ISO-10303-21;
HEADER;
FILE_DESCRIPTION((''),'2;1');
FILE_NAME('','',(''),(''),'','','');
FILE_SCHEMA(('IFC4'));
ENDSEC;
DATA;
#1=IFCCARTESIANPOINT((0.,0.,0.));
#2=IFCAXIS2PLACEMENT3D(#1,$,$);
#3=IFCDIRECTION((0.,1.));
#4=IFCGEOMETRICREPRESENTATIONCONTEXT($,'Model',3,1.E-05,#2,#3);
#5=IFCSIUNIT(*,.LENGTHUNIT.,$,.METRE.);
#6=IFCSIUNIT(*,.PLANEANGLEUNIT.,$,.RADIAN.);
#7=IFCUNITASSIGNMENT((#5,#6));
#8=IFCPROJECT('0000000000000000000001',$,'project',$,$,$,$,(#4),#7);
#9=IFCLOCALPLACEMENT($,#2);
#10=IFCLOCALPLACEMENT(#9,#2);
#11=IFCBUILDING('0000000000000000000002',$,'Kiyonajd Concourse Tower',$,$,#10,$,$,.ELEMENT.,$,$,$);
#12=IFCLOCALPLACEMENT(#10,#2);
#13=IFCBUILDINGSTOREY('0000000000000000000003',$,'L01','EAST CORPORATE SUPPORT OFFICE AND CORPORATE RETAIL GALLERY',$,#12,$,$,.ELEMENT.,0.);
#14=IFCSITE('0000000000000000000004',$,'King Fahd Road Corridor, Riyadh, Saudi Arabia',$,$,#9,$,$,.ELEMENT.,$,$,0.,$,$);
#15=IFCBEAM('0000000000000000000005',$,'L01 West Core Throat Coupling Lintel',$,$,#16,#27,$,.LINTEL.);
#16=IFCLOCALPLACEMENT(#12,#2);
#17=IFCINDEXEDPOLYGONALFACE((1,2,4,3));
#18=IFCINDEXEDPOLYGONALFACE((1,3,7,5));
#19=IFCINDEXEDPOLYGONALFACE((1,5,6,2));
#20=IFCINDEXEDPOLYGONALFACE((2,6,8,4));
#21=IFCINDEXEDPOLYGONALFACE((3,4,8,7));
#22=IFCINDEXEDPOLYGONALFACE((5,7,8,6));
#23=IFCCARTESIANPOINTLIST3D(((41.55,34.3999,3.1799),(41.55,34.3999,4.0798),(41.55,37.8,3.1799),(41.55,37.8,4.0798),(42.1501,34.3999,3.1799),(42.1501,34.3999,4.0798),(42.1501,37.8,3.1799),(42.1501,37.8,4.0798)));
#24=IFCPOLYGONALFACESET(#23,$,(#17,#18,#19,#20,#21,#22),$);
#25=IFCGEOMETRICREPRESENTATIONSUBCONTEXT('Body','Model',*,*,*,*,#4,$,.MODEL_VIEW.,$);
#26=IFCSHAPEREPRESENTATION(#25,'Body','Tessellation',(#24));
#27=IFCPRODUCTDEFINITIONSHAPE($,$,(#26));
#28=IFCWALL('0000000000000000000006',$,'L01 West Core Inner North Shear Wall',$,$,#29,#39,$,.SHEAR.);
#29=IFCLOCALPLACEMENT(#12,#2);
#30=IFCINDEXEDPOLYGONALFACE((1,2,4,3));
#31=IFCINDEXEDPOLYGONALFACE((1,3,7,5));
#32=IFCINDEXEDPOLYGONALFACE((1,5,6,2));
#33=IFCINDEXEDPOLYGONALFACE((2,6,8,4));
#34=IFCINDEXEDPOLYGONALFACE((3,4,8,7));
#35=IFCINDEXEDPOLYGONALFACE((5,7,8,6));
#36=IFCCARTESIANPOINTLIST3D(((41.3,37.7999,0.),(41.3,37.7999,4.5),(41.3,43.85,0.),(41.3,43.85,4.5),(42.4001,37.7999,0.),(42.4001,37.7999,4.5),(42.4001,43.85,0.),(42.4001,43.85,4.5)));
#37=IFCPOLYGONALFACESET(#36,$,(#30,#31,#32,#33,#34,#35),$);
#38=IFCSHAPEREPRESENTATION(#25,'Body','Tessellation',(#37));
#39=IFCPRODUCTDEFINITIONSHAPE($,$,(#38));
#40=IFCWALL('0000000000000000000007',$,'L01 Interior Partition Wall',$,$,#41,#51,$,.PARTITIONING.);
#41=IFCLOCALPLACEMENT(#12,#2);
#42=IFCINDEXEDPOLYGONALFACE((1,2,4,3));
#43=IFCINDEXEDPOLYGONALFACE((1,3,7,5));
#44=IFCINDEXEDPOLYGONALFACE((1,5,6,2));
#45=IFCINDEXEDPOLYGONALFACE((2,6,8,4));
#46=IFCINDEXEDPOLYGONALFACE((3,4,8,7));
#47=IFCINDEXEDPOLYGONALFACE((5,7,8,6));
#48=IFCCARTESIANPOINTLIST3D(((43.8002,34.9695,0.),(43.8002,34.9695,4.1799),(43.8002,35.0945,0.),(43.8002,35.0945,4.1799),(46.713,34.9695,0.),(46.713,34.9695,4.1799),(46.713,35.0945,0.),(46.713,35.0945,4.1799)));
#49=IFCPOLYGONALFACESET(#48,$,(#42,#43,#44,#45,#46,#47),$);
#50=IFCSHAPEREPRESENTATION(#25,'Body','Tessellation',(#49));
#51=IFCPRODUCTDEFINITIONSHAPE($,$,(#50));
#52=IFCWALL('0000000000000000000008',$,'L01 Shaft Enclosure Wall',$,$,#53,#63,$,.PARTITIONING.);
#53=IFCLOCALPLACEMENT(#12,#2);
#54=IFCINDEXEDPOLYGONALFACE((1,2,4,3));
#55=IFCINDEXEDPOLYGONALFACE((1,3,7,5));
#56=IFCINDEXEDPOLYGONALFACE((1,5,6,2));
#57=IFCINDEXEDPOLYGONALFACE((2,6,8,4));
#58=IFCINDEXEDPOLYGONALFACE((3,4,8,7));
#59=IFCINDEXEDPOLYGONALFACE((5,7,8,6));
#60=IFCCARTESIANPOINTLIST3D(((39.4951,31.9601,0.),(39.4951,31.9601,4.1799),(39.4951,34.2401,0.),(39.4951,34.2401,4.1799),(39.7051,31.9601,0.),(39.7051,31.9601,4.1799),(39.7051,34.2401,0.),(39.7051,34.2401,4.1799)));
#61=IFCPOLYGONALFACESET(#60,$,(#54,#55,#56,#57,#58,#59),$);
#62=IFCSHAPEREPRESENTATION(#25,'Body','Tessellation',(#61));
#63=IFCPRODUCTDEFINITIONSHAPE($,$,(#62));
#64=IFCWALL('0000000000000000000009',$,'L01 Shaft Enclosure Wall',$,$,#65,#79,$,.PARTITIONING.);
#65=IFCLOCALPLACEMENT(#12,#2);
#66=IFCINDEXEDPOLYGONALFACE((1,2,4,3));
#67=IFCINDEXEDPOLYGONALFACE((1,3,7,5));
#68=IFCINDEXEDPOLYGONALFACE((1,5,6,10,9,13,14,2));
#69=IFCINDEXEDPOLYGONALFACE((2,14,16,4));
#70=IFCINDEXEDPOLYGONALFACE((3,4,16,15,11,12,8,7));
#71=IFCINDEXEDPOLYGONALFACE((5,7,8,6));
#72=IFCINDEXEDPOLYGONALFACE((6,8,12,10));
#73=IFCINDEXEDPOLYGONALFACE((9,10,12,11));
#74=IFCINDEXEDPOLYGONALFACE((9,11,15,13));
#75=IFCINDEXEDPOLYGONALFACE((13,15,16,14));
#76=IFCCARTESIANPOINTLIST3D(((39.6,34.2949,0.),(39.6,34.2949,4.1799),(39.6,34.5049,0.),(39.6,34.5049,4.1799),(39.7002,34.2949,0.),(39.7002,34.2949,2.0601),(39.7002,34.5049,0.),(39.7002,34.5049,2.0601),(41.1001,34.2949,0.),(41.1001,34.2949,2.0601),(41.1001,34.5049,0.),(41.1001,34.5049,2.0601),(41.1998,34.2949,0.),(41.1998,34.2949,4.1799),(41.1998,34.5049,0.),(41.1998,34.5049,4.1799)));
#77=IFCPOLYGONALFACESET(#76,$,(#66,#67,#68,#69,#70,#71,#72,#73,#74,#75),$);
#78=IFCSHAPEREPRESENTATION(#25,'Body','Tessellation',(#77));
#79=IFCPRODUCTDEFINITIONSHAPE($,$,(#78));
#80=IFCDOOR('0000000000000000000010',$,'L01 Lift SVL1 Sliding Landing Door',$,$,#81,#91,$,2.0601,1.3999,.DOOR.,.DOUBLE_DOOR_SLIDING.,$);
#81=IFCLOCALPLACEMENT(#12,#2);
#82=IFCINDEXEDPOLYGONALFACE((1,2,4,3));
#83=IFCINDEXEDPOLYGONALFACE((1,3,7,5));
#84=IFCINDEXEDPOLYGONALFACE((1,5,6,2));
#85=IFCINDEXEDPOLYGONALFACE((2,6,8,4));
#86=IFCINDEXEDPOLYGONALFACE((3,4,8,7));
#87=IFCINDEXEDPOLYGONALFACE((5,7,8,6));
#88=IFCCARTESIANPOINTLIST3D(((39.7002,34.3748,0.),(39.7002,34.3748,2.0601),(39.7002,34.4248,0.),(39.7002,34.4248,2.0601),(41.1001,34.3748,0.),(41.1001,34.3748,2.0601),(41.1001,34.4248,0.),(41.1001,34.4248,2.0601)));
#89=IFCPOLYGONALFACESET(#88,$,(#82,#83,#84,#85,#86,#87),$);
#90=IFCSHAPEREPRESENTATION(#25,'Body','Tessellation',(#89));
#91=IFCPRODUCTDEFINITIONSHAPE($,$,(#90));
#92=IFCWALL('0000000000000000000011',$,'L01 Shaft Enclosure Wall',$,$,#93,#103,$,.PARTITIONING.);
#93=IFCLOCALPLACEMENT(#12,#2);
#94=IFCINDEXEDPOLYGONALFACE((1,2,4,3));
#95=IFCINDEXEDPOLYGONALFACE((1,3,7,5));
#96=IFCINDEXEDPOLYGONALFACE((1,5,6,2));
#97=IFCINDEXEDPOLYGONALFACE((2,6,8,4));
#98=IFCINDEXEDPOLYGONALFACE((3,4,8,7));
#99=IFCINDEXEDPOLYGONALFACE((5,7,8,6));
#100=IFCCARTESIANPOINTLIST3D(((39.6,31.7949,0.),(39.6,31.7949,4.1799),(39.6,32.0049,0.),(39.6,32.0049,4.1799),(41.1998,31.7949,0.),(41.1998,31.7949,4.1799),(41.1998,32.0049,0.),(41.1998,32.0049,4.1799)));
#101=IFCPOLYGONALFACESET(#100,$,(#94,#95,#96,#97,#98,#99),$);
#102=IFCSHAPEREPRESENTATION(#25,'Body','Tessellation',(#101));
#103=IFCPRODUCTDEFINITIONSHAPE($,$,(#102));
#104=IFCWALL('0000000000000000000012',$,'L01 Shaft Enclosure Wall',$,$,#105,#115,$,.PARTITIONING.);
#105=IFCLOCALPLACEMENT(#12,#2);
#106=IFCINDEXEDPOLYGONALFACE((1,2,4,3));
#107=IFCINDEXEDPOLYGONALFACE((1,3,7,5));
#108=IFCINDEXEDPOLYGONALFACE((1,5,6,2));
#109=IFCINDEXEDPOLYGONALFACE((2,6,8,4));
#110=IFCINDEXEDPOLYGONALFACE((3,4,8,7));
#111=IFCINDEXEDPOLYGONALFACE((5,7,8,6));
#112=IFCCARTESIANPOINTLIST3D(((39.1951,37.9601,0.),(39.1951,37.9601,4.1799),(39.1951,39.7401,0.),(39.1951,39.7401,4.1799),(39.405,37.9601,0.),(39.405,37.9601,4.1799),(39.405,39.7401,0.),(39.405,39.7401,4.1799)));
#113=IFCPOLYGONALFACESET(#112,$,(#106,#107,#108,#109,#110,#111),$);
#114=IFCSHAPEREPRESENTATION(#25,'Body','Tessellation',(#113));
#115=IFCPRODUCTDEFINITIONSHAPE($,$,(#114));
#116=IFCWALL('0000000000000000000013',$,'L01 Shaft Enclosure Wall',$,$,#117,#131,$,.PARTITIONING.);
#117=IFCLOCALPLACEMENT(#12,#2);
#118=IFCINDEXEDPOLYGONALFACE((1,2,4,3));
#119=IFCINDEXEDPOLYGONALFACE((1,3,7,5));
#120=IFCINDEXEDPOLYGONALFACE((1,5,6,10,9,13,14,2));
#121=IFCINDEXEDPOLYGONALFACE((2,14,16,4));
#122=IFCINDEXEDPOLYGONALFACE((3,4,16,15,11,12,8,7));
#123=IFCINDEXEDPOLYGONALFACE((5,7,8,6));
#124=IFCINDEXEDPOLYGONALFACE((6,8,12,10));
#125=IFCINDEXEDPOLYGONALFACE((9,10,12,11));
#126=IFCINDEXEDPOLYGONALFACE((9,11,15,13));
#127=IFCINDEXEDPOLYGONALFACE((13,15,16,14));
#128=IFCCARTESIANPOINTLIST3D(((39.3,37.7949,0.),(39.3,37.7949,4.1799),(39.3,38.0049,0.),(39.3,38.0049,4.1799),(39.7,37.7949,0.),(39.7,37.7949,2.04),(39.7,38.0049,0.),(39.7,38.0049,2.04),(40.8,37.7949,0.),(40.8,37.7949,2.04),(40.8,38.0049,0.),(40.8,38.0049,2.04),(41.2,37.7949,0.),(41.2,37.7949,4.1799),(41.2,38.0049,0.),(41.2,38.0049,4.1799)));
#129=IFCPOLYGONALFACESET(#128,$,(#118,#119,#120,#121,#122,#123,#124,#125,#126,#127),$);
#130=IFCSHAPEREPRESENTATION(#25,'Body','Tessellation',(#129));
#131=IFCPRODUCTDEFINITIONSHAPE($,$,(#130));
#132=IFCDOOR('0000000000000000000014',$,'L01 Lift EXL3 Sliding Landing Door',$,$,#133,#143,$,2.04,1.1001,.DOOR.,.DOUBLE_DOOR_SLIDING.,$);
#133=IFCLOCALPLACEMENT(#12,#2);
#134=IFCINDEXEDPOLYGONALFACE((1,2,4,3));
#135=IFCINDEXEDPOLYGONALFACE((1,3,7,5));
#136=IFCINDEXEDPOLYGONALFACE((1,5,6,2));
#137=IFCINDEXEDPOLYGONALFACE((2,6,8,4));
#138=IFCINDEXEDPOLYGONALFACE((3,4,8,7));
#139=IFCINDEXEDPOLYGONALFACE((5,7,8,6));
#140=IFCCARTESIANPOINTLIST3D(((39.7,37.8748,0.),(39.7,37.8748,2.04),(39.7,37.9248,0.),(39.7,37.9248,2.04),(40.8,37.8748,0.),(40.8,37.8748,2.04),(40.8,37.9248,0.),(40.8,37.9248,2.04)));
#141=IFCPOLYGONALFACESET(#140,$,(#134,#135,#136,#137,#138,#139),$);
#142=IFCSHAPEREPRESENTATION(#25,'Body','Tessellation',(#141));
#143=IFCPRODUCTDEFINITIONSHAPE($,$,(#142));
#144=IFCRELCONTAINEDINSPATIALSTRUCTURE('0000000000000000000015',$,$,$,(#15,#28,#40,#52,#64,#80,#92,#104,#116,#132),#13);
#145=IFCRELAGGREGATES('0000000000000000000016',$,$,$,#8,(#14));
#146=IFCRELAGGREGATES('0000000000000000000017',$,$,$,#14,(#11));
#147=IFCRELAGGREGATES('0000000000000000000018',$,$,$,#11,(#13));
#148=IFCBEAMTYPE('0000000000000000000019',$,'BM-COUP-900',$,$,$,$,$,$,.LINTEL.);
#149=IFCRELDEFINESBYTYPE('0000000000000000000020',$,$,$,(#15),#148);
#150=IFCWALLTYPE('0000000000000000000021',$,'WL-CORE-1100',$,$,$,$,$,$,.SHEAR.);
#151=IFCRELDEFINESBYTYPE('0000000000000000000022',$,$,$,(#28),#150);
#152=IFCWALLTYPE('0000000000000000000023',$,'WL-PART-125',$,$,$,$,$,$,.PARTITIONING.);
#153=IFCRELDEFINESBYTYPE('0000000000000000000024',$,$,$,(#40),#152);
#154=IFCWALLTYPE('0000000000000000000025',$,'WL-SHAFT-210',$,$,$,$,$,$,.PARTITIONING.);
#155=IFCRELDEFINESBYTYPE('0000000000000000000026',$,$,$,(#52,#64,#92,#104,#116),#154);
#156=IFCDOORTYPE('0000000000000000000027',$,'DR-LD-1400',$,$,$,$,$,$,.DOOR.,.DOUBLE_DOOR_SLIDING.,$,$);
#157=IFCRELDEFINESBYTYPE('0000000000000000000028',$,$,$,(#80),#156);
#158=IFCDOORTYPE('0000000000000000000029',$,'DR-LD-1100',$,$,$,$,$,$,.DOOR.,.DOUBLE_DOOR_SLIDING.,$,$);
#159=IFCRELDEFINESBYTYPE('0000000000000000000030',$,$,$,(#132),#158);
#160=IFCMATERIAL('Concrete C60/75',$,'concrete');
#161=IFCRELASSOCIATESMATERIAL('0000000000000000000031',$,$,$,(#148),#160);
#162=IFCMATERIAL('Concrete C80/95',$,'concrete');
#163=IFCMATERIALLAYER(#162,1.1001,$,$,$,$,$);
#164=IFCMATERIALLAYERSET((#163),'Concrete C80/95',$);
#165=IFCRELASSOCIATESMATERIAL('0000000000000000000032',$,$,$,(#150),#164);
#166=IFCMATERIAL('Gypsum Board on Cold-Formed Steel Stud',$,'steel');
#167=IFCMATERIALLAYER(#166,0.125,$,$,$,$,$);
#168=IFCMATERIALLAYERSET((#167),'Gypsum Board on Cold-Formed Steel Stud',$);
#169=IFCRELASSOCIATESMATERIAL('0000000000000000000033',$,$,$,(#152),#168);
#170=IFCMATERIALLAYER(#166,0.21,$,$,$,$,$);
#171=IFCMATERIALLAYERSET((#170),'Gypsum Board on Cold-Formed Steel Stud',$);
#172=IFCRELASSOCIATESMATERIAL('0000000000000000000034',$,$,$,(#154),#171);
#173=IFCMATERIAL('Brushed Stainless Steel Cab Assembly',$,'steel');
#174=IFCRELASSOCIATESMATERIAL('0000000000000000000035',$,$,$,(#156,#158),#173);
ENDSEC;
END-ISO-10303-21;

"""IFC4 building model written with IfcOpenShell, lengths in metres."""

from ifc_helpers import new_model, si_unit, direction, frame, frame_2d, origin, origin_2d, place, context, subcontext, project, spatial, rectangle, extrude, material, layer, layer_set, material_profile, profile_set, type_object, element, fill, save


model = new_model("IFC4")

# Units and contexts
model_context = context("Model", 3, precision=1e-05, world=origin(), true_north=direction((0.0, 1.0)))
body_context = subcontext(model_context, "Body", "Model", "MODEL_VIEW")
ifc_project = project(units=[si_unit("LENGTHUNIT", "METRE"), si_unit("PLANEANGLEUNIT", "RADIAN")], contexts=[model_context])

# Site, building, storey
site_placement = place(None, origin())
site = spatial("IfcSite", under=ifc_project, at=site_placement, Name="King Fahd Road Corridor, Riyadh, Saudi Arabia", CompositionType="ELEMENT", RefElevation=0.0)
building_placement = place(site_placement, origin())
building = spatial("IfcBuilding", under=site, at=building_placement, Name="Kiyonajd Concourse Tower", CompositionType="ELEMENT")
storey_placement = place(building_placement, origin())
storey = spatial("IfcBuildingStorey", under=building, at=storey_placement, Name="L01", Description="EAST CORPORATE SUPPORT OFFICE AND CORPORATE RETAIL GALLERY", CompositionType="ELEMENT", Elevation=0.0)

# Beam
ifc_material_1 = material(Name="Concrete C60/75", Category="concrete")
ifc_material_profile = material_profile(ifc_material_1, rectangle(XDim=0.6001, YDim=0.8999, at=origin_2d()), Name="RCBM-600x900")
ifc_profile_set = profile_set([ifc_material_profile], Name="Concrete C60/75")
beam_type = type_object("IfcBeamType", Name="BM-COUP-900", PredefinedType="LINTEL", material=ifc_profile_set)
beam_placement = place(storey_placement, frame((41.8501, 34.3999, 3.6299), z_axis=(0.0, 1.0, 0.0), x_axis=(-1.0, 0.0, 0.0)))
element("IfcBeam", 1, at=beam_placement, inside=storey, type_object=beam_type, Name="L01 West Core Throat Coupling Lintel", PredefinedType="LINTEL", context=body_context, shape_type="SweptSolid", body=[
    extrude(rectangle(XDim=0.6001, YDim=0.8999, at=origin_2d()), origin(), (0.0, 0.0, 1.0), 3.4001),
])

# Walls
ifc_material_2 = material(Name="Concrete C80/95", Category="concrete")
ifc_layer_1 = layer(ifc_material_2, 1.1001)
ifc_layer_set_1 = layer_set([ifc_layer_1], Name="Concrete C80/95")
wall_type_1 = type_object("IfcWallType", Name="WL-CORE-1100", PredefinedType="SHEAR", material=ifc_layer_set_1)
wall_1_placement = place(storey_placement, frame((41.8501, 37.8, 0.0), z_axis=(0.0, 0.0, 1.0), x_axis=(0.0, 1.0, 0.0)))
element("IfcWall", 2, at=wall_1_placement, inside=storey, type_object=wall_type_1, Name="L01 West Core Inner North Shear Wall", PredefinedType="SHEAR", context=body_context, shape_type="SweptSolid", body=[
    extrude(rectangle(XDim=6.05, YDim=1.1001, at=frame_2d((3.0249, 0.0))), origin(), (0.0, 0.0, 1.0), 4.5),
])
ifc_material_3 = material(Name="Gypsum Board on Cold-Formed Steel Stud", Category="steel")
ifc_layer_2 = layer(ifc_material_3, 0.125)
ifc_layer_set_2 = layer_set([ifc_layer_2], Name="Gypsum Board on Cold-Formed Steel Stud")
wall_type_2 = type_object("IfcWallType", Name="WL-PART-125", PredefinedType="PARTITIONING", material=ifc_layer_set_2)
wall_2_placement = place(storey_placement, frame((43.8, 35.032, 0.0), z_axis=(0.0, 0.0, 1.0), x_axis=(1.0, 0.0, 0.0)))
element("IfcWall", 3, at=wall_2_placement, inside=storey, type_object=wall_type_2, Name="L01 Interior Partition Wall", PredefinedType="PARTITIONING", context=body_context, shape_type="SweptSolid", body=[
    extrude(rectangle(XDim=2.9128, YDim=0.125, at=frame_2d((1.4565, 0.0))), origin(), (0.0, 0.0, 1.0), 4.1799),
])
ifc_layer_3 = layer(ifc_material_3, 0.21)
ifc_layer_set_3 = layer_set([ifc_layer_3], Name="Gypsum Board on Cold-Formed Steel Stud")
wall_type_3 = type_object("IfcWallType", Name="WL-SHAFT-210", PredefinedType="PARTITIONING", material=ifc_layer_set_3)
wall_3_placement = place(storey_placement, frame((39.6001, 31.96, 0.0), z_axis=(0.0, 0.0, 1.0), x_axis=(0.0, 1.0, 0.0)))
element("IfcWall", 4, at=wall_3_placement, inside=storey, type_object=wall_type_3, Name="L01 Shaft Enclosure Wall", PredefinedType="PARTITIONING", context=body_context, shape_type="SweptSolid", body=[
    extrude(rectangle(XDim=2.28, YDim=0.21, at=frame_2d((1.1401, 0.0))), origin(), (0.0, 0.0, 1.0), 4.1799),
])

# Wall, opening, door
wall_4_placement = place(storey_placement, frame((39.6001, 34.3999, 0.0), z_axis=(0.0, 0.0, 1.0), x_axis=(1.0, 0.0, 0.0)))
wall_4 = element("IfcWall", 5, at=wall_4_placement, inside=storey, type_object=wall_type_3, Name="L01 Shaft Enclosure Wall", PredefinedType="PARTITIONING", context=body_context, shape_type="SweptSolid", body=[
    extrude(rectangle(XDim=1.5999, YDim=0.21, at=frame_2d((0.7998, 0.0))), origin(), (0.0, 0.0, 1.0), 4.1799),
])
opening_1_placement = place(wall_4_placement, frame((0.1001, 0.0, 0.0)))
opening_1 = element("IfcOpeningElement", 6, at=opening_1_placement, cuts=wall_4, PredefinedType="OPENING", context=body_context, shape_type="SweptSolid", body=[
    extrude(rectangle(XDim=1.3999, YDim=2.0601, at=frame_2d((0.7, 1.03))), frame((0.0, 0.115, 0.0), z_axis=(0.0, -1.0, 0.0), x_axis=(1.0, 0.0, 0.0)), (0.0, 0.0, 1.0), 0.23),
])
ifc_material_4 = material(Name="Brushed Stainless Steel Cab Assembly", Category="steel")
door_type_1 = type_object("IfcDoorType", Name="DR-LD-1400", OperationType="DOUBLE_DOOR_SLIDING", PredefinedType="DOOR", material=ifc_material_4)
door_1_placement = place(opening_1_placement, origin())
door_1 = element("IfcDoor", 7, at=door_1_placement, inside=storey, type_object=door_type_1, Name="L01 Lift SVL1 Sliding Landing Door", OperationType="DOUBLE_DOOR_SLIDING", OverallHeight=2.0601, OverallWidth=1.3999, PredefinedType="DOOR", context=body_context, shape_type="SweptSolid", body=[
    extrude(rectangle(XDim=1.3999, YDim=2.0601, at=frame_2d((0.7, 1.03))), frame((0.0, 0.0249, 0.0), z_axis=(0.0, -1.0, 0.0), x_axis=(1.0, 0.0, 0.0)), (0.0, 0.0, 1.0), 0.05),
])
fill(opening_1, door_1)

# Walls
wall_5_placement = place(storey_placement, frame((39.6001, 31.8999, 0.0), z_axis=(0.0, 0.0, 1.0), x_axis=(1.0, 0.0, 0.0)))
element("IfcWall", 8, at=wall_5_placement, inside=storey, type_object=wall_type_3, Name="L01 Shaft Enclosure Wall", PredefinedType="PARTITIONING", context=body_context, shape_type="SweptSolid", body=[
    extrude(rectangle(XDim=1.5999, YDim=0.21, at=frame_2d((0.7998, 0.0))), origin(), (0.0, 0.0, 1.0), 4.1799),
])
wall_6_placement = place(storey_placement, frame((39.3, 37.96, 0.0), z_axis=(0.0, 0.0, 1.0), x_axis=(0.0, 1.0, 0.0)))
element("IfcWall", 9, at=wall_6_placement, inside=storey, type_object=wall_type_3, Name="L01 Shaft Enclosure Wall", PredefinedType="PARTITIONING", context=body_context, shape_type="SweptSolid", body=[
    extrude(rectangle(XDim=1.78, YDim=0.21, at=frame_2d((0.8901, 0.0))), origin(), (0.0, 0.0, 1.0), 4.1799),
])

# Wall, opening, door
wall_7_placement = place(storey_placement, frame((39.3, 37.8999, 0.0), z_axis=(0.0, 0.0, 1.0), x_axis=(1.0, 0.0, 0.0)))
wall_7 = element("IfcWall", 10, at=wall_7_placement, inside=storey, type_object=wall_type_3, Name="L01 Shaft Enclosure Wall", PredefinedType="PARTITIONING", context=body_context, shape_type="SweptSolid", body=[
    extrude(rectangle(XDim=1.8999, YDim=0.21, at=frame_2d((0.95, 0.0))), origin(), (0.0, 0.0, 1.0), 4.1799),
])
opening_2_placement = place(wall_7_placement, frame((0.3999, 0.0, 0.0)))
opening_2 = element("IfcOpeningElement", 11, at=opening_2_placement, cuts=wall_7, PredefinedType="OPENING", context=body_context, shape_type="SweptSolid", body=[
    extrude(rectangle(XDim=1.1001, YDim=2.04, at=frame_2d((0.55, 1.02))), frame((0.0, 0.115, 0.0), z_axis=(0.0, -1.0, 0.0), x_axis=(1.0, 0.0, 0.0)), (0.0, 0.0, 1.0), 0.23),
])
door_type_2 = type_object("IfcDoorType", Name="DR-LD-1100", OperationType="DOUBLE_DOOR_SLIDING", PredefinedType="DOOR", material=ifc_material_4)
door_2_placement = place(opening_2_placement, origin())
door_2 = element("IfcDoor", 12, at=door_2_placement, inside=storey, type_object=door_type_2, Name="L01 Lift EXL3 Sliding Landing Door", OperationType="DOUBLE_DOOR_SLIDING", OverallHeight=2.04, OverallWidth=1.1001, PredefinedType="DOOR", context=body_context, shape_type="SweptSolid", body=[
    extrude(rectangle(XDim=1.1001, YDim=2.04, at=frame_2d((0.55, 1.02))), frame((0.0, 0.0249, 0.0), z_axis=(0.0, -1.0, 0.0), x_axis=(1.0, 0.0, 0.0)), (0.0, 0.0, 1.0), 0.05),
])
fill(opening_2, door_2)

save(model, "model.ifc")
